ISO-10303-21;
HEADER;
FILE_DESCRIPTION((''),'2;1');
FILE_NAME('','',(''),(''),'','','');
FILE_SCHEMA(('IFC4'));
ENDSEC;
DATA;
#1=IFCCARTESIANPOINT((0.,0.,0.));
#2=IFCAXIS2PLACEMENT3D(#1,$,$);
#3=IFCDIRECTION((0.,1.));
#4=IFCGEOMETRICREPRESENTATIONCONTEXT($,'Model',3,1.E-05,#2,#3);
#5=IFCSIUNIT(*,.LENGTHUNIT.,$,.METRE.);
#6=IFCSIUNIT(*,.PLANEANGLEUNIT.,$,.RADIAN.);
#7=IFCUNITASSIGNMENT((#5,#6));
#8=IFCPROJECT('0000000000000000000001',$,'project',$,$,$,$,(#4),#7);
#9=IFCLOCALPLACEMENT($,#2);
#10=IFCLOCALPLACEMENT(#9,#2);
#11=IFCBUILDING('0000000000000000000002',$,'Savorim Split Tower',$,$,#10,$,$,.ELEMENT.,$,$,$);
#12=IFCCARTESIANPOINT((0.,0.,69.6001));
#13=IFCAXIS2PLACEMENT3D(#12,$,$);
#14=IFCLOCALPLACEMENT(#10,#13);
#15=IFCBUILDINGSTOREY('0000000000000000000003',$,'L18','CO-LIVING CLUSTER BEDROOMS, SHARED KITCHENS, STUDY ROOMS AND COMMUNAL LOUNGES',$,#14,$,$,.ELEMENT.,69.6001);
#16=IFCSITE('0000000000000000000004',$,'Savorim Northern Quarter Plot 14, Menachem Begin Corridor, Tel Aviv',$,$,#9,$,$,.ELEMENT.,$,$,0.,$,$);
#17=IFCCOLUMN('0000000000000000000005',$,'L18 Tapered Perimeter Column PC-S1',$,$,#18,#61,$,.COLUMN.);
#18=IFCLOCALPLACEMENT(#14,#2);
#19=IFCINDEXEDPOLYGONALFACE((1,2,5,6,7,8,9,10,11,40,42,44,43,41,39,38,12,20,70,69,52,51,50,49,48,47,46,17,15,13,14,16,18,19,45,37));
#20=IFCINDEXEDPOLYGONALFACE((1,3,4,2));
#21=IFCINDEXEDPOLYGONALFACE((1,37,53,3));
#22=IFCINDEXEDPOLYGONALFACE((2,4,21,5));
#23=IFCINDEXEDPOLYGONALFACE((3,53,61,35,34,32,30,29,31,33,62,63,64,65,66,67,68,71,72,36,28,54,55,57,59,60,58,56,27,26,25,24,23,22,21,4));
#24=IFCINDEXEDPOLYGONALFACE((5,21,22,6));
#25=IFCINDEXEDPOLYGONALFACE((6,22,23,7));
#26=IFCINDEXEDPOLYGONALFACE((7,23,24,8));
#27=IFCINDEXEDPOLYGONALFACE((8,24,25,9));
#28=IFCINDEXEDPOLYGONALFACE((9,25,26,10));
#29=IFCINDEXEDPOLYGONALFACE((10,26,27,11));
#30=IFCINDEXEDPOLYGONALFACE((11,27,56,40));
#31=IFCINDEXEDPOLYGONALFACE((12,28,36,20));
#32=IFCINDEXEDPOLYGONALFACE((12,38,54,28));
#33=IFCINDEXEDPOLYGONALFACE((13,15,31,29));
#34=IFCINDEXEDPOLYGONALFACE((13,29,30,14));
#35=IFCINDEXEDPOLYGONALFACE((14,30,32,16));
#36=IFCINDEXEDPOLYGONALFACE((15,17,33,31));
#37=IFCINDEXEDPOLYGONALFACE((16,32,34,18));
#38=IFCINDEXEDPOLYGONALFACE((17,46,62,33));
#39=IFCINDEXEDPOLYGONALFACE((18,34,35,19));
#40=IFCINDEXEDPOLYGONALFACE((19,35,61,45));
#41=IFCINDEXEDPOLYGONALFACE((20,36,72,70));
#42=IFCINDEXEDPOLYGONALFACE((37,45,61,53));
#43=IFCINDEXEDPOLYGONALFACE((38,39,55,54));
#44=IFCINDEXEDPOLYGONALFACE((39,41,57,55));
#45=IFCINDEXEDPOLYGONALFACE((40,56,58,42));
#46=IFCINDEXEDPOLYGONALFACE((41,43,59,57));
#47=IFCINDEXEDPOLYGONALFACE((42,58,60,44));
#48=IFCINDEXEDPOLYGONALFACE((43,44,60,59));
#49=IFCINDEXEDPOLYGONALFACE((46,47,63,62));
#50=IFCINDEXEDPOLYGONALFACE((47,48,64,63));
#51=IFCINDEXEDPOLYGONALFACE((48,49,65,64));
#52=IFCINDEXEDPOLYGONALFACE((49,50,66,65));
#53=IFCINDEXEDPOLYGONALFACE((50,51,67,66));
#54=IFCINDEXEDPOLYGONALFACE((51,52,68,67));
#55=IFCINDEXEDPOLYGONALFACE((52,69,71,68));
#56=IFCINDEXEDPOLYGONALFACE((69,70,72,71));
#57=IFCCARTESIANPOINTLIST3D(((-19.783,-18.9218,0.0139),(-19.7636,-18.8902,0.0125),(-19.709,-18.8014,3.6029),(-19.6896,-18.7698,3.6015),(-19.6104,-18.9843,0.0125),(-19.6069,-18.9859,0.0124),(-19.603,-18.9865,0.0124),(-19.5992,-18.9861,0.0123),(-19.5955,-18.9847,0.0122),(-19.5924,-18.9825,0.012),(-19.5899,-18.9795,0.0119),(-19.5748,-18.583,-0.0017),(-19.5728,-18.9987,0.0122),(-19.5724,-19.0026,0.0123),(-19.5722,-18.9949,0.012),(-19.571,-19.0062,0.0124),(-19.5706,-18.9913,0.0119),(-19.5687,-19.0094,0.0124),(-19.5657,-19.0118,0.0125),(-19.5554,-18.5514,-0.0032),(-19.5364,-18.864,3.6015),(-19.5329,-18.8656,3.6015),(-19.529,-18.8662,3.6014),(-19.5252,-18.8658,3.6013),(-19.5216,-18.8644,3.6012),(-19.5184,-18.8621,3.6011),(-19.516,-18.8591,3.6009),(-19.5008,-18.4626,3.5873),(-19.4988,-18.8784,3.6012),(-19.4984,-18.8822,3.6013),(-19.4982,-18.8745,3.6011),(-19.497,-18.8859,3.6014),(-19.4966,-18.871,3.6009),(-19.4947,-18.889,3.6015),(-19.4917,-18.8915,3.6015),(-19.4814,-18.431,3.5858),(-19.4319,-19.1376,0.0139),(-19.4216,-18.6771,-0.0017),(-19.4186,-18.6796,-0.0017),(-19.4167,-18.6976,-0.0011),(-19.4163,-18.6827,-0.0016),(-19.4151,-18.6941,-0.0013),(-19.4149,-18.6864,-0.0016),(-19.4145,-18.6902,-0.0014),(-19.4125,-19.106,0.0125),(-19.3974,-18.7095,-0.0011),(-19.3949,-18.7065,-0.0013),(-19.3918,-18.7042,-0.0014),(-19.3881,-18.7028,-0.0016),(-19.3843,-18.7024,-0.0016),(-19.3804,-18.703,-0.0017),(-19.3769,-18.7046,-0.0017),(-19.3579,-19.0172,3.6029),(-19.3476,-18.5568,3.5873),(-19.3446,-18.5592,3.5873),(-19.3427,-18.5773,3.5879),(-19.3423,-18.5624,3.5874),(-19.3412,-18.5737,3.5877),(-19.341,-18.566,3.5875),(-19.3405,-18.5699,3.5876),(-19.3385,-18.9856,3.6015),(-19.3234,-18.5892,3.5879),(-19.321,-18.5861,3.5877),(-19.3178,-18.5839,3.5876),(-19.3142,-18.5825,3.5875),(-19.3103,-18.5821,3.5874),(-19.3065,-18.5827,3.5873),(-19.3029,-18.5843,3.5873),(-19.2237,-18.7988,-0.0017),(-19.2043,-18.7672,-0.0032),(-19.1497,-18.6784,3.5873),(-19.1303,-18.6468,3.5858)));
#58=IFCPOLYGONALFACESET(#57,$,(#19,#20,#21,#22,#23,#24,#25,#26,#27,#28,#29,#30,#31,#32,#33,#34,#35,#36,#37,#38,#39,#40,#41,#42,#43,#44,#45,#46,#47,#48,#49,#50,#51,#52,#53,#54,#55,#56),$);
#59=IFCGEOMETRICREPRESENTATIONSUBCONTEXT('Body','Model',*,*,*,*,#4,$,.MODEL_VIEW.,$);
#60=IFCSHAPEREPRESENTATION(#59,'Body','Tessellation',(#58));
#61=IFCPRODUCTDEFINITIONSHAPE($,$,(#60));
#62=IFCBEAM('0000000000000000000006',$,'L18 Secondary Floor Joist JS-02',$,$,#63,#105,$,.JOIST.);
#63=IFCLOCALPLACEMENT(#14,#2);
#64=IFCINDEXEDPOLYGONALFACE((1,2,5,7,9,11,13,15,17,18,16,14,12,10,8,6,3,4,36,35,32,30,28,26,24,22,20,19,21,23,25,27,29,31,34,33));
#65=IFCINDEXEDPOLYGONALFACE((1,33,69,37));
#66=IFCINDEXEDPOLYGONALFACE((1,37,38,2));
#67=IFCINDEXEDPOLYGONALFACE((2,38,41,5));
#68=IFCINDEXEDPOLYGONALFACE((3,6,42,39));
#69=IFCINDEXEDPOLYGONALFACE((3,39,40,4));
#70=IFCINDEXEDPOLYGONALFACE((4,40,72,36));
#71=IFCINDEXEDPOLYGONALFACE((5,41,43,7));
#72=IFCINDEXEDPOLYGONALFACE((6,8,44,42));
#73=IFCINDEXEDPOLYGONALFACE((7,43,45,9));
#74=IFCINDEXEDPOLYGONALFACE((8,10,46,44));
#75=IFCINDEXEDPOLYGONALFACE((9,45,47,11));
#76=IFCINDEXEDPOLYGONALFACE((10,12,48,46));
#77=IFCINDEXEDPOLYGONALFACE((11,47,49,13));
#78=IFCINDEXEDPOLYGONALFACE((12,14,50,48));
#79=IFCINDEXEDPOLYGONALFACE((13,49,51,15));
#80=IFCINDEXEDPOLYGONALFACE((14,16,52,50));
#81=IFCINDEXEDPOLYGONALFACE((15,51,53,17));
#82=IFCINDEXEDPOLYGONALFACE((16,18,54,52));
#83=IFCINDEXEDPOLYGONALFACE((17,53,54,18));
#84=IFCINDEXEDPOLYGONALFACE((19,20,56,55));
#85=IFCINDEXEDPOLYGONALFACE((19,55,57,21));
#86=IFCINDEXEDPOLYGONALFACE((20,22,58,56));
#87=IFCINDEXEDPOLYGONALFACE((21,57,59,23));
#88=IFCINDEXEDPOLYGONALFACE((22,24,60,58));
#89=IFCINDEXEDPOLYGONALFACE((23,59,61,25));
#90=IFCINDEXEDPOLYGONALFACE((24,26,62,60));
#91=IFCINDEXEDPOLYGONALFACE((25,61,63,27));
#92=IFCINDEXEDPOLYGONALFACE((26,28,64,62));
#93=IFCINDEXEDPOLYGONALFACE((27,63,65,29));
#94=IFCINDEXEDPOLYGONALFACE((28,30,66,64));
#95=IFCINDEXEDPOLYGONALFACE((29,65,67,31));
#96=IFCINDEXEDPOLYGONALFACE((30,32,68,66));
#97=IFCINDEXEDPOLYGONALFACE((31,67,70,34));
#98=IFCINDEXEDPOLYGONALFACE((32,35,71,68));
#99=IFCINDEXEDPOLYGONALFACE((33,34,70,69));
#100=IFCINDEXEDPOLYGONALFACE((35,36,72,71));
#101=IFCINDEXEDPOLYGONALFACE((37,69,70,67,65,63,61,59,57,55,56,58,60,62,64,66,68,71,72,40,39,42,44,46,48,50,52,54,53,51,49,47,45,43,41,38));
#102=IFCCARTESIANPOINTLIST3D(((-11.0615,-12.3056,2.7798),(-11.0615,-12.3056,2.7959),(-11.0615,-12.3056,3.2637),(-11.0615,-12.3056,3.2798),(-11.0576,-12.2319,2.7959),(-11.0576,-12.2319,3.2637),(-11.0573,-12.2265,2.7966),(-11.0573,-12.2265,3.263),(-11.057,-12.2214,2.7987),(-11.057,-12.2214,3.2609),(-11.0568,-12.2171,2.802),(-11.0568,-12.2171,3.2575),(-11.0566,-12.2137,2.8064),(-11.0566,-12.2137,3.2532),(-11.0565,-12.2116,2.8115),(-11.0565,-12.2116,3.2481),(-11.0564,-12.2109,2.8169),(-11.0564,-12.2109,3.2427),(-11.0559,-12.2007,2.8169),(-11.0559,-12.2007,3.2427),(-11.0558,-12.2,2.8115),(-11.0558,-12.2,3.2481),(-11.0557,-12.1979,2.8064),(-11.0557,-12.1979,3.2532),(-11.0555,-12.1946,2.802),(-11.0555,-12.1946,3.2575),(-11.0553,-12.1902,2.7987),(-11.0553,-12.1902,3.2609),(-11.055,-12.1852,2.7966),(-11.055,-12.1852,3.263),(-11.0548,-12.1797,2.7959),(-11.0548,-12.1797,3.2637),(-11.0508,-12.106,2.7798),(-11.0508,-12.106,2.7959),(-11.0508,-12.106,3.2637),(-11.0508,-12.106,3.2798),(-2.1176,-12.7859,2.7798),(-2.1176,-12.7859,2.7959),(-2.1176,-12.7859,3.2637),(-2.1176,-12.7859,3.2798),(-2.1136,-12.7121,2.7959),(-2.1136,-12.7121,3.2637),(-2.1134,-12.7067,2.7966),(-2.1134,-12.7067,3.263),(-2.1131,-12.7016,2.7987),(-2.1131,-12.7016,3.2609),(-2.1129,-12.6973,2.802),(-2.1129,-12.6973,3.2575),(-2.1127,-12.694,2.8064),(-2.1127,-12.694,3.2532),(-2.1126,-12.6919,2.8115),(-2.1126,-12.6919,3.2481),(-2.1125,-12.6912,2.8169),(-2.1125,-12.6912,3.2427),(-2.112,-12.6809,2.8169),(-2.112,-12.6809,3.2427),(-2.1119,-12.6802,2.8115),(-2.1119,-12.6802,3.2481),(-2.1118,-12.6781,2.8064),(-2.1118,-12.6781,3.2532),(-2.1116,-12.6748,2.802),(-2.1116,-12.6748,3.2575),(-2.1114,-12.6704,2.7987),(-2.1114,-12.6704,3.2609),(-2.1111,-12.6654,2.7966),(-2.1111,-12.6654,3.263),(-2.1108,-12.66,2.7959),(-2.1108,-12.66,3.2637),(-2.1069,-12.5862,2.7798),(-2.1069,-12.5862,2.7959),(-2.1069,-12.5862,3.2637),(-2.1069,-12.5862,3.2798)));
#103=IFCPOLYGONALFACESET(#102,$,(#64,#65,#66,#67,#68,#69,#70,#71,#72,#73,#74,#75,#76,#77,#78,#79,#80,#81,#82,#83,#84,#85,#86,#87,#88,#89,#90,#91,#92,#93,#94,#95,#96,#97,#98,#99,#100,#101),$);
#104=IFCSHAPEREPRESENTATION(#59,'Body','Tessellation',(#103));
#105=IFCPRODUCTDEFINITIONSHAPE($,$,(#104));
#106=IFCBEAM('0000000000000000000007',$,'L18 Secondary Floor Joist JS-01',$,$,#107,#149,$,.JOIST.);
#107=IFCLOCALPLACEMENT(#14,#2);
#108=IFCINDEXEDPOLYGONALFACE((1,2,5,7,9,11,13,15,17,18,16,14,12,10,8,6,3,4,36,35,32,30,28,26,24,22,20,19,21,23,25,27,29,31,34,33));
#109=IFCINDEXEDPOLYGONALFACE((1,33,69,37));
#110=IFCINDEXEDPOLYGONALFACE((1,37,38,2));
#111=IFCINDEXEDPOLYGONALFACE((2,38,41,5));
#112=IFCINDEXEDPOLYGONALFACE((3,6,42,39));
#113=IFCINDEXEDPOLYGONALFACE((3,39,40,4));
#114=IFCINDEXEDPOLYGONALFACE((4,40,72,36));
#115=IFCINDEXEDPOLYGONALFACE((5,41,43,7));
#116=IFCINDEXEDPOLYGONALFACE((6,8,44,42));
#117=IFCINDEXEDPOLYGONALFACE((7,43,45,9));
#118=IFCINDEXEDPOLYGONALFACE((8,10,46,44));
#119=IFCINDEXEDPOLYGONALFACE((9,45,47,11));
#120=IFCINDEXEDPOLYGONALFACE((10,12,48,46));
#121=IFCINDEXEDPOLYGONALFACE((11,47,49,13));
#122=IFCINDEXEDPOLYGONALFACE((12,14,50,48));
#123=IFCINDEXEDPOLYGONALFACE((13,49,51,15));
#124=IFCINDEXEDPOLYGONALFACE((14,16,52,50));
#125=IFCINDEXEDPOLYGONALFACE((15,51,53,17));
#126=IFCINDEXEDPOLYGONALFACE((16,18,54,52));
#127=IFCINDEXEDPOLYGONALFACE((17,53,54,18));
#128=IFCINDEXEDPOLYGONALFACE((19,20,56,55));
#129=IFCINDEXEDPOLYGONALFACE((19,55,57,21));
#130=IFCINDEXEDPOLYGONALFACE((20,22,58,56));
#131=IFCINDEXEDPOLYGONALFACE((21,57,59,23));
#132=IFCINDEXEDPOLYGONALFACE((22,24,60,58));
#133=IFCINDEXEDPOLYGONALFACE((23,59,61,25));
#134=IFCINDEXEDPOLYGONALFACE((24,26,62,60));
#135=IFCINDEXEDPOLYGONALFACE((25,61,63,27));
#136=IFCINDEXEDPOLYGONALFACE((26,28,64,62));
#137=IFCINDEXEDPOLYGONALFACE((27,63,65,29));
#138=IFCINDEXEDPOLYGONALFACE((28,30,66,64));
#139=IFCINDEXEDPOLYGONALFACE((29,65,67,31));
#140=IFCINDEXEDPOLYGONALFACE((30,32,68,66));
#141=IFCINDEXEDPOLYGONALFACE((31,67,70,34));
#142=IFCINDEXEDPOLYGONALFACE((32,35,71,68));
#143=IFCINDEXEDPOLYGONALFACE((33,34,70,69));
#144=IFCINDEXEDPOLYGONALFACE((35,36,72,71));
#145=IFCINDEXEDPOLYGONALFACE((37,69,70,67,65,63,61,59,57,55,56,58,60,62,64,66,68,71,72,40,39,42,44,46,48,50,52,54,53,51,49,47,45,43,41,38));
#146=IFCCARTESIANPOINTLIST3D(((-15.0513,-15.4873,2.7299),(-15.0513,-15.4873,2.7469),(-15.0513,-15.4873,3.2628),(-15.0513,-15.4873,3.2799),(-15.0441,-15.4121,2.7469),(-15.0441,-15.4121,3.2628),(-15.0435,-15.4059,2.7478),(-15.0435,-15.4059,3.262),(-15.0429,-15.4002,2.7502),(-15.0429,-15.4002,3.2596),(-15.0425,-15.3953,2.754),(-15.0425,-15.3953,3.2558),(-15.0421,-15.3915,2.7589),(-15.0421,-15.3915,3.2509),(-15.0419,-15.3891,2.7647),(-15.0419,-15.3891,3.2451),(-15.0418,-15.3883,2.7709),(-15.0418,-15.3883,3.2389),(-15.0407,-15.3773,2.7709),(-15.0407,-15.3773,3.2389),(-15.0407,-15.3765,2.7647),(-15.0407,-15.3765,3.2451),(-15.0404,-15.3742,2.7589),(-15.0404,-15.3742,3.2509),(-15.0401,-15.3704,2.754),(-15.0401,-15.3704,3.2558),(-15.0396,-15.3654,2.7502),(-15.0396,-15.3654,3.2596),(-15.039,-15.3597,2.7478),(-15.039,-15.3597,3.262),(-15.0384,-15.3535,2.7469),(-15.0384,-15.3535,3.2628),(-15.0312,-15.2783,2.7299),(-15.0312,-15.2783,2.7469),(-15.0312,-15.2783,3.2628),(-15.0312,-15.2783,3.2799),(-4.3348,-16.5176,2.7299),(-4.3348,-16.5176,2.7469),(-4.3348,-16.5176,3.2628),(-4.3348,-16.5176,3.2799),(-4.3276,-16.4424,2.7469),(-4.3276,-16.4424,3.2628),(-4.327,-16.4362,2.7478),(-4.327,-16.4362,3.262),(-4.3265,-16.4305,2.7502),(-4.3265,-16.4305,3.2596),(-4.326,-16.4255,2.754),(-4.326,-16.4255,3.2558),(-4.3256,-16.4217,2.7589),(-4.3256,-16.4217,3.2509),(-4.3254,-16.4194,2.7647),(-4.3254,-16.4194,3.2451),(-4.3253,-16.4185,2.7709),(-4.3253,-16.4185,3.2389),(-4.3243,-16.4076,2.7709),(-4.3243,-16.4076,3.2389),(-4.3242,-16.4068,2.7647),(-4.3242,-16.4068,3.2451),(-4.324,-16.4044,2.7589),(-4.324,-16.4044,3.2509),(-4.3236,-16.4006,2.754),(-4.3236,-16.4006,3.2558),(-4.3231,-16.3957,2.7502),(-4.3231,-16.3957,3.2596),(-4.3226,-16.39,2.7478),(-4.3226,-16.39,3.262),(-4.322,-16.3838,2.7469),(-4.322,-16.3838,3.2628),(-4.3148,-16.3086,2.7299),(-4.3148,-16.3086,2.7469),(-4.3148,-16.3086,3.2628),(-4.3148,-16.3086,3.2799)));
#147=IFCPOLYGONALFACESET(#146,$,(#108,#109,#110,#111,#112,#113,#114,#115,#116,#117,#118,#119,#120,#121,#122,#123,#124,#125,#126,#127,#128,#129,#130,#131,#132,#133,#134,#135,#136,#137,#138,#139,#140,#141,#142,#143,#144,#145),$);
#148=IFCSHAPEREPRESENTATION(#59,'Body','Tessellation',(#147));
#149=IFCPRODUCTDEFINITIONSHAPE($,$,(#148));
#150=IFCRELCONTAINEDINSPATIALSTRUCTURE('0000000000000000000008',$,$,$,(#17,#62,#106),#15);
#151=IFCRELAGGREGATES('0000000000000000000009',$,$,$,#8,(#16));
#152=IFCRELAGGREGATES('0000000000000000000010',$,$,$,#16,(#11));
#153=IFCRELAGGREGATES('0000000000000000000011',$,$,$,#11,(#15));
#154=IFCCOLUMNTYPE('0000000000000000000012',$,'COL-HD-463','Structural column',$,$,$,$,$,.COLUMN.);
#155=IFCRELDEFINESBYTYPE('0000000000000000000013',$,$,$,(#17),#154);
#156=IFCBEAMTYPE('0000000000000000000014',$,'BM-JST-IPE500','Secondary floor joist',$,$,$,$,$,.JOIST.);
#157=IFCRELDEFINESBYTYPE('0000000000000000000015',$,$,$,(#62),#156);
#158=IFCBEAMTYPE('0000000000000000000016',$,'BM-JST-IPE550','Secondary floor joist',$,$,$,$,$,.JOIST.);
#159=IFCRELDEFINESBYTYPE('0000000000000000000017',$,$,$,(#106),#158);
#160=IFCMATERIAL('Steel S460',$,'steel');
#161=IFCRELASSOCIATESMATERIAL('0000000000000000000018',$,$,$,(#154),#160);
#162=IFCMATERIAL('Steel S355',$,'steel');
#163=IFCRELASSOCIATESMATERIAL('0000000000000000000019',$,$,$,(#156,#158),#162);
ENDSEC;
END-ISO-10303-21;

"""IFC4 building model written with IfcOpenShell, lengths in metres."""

from ifc_helpers import new_model, si_unit, direction, frame, origin, origin_2d, place, context, subcontext, project, spatial, i_section, extrude, material, material_profile, profile_set, type_object, element, save


model = new_model("IFC4")

# Units and contexts
model_context = context("Model", 3, precision=1e-05, world=origin(), true_north=direction((0.0, 1.0)))
body_context = subcontext(model_context, "Body", "Model", "MODEL_VIEW")
ifc_project = project(units=[si_unit("LENGTHUNIT", "METRE"), si_unit("PLANEANGLEUNIT", "RADIAN")], contexts=[model_context])

# Site, building, storey
site_placement = place(None, origin())
site = spatial("IfcSite", under=ifc_project, at=site_placement, Name="Savorim Northern Quarter Plot 14, Menachem Begin Corridor, Tel Aviv", CompositionType="ELEMENT", RefElevation=0.0)
building_placement = place(site_placement, origin())
building = spatial("IfcBuilding", under=site, at=building_placement, Name="Savorim Split Tower", CompositionType="ELEMENT")
storey_placement = place(building_placement, frame((0.0, 0.0, 69.6001)))
storey = spatial("IfcBuildingStorey", under=building, at=storey_placement, Name="L18", Description="CO-LIVING CLUSTER BEDROOMS, SHARED KITCHENS, STUDY ROOMS AND COMMUNAL LOUNGES", CompositionType="ELEMENT", Elevation=69.6001)

# Column
ifc_material_1 = material(Name="Steel S460", Category="steel")
ifc_material_profile_1 = material_profile(ifc_material_1, i_section(OverallWidth=0.4121, OverallDepth=0.4351, WebThickness=0.0227, FlangeThickness=0.0371, FilletRadius=0.0149, at=origin_2d()), Name="HD 400x463")
ifc_profile_set_1 = profile_set([ifc_material_profile_1], Name="Steel S460")
column_type = type_object("IfcColumnType", Name="COL-HD-463", Description="Structural column", PredefinedType="COLUMN", material=ifc_profile_set_1)
column_placement = place(storey_placement, frame((-19.4937, -18.8445, 0.0054), z_axis=(0.020595, 0.033509, 0.999226), x_axis=(-0.851955, 0.523615, 0.0)))
element("IfcColumn", 1, at=column_placement, inside=storey, type_object=column_type, Name="L18 Tapered Perimeter Column PC-S1", PredefinedType="COLUMN", context=body_context, shape_type="SweptSolid", body=[
    extrude(i_section(OverallWidth=0.4121, OverallDepth=0.4351, WebThickness=0.0227, FlangeThickness=0.0371, FilletRadius=0.0149, at=origin_2d()), origin(), (0.0, 0.0, 1.0), 3.5918),
])

# Beams
ifc_material_2 = material(Name="Steel S355", Category="steel")
ifc_material_profile_2 = material_profile(ifc_material_2, i_section(OverallWidth=0.2, OverallDepth=0.5, WebThickness=0.0103, FlangeThickness=0.0161, FilletRadius=0.021, at=origin_2d()), Name="IPE 500")
ifc_profile_set_2 = profile_set([ifc_material_profile_2], Name="Steel S355")
beam_type_1 = type_object("IfcBeamType", Name="BM-JST-IPE500", Description="Secondary floor joist", PredefinedType="JOIST", material=ifc_profile_set_2)
beam_1_placement = place(storey_placement, frame((-11.0562, -12.2058, 3.0298), z_axis=(0.998562, -0.053616, 0.0), x_axis=(0.053616, 0.998562, 0.0)))
element("IfcBeam", 2, at=beam_1_placement, inside=storey, type_object=beam_type_1, Name="L18 Secondary Floor Joist JS-02", PredefinedType="JOIST", context=body_context, shape_type="SweptSolid", body=[
    extrude(i_section(OverallWidth=0.2, OverallDepth=0.5, WebThickness=0.0103, FlangeThickness=0.0161, FilletRadius=0.021, at=origin_2d()), origin(), (0.0, 0.0, 1.0), 8.9568),
])
ifc_material_profile_3 = material_profile(ifc_material_2, i_section(OverallWidth=0.21, OverallDepth=0.55, WebThickness=0.011, FlangeThickness=0.0171, FilletRadius=0.0239, at=origin_2d()), Name="IPE 550")
ifc_profile_set_3 = profile_set([ifc_material_profile_3], Name="Steel S355")
beam_type_2 = type_object("IfcBeamType", Name="BM-JST-IPE550", Description="Secondary floor joist", PredefinedType="JOIST", material=ifc_profile_set_3)
beam_2_placement = place(storey_placement, frame((-15.0413, -15.3828, 3.0049), z_axis=(0.99541, -0.095697, 0.0), x_axis=(0.095697, 0.99541, 0.0)))
element("IfcBeam", 3, at=beam_2_placement, inside=storey, type_object=beam_type_2, Name="L18 Secondary Floor Joist JS-01", PredefinedType="JOIST", context=body_context, shape_type="SweptSolid", body=[
    extrude(i_section(OverallWidth=0.21, OverallDepth=0.55, WebThickness=0.011, FlangeThickness=0.0171, FilletRadius=0.0239, at=origin_2d()), origin(), (0.0, 0.0, 1.0), 10.7659),
])

save(model, "model.ifc")
